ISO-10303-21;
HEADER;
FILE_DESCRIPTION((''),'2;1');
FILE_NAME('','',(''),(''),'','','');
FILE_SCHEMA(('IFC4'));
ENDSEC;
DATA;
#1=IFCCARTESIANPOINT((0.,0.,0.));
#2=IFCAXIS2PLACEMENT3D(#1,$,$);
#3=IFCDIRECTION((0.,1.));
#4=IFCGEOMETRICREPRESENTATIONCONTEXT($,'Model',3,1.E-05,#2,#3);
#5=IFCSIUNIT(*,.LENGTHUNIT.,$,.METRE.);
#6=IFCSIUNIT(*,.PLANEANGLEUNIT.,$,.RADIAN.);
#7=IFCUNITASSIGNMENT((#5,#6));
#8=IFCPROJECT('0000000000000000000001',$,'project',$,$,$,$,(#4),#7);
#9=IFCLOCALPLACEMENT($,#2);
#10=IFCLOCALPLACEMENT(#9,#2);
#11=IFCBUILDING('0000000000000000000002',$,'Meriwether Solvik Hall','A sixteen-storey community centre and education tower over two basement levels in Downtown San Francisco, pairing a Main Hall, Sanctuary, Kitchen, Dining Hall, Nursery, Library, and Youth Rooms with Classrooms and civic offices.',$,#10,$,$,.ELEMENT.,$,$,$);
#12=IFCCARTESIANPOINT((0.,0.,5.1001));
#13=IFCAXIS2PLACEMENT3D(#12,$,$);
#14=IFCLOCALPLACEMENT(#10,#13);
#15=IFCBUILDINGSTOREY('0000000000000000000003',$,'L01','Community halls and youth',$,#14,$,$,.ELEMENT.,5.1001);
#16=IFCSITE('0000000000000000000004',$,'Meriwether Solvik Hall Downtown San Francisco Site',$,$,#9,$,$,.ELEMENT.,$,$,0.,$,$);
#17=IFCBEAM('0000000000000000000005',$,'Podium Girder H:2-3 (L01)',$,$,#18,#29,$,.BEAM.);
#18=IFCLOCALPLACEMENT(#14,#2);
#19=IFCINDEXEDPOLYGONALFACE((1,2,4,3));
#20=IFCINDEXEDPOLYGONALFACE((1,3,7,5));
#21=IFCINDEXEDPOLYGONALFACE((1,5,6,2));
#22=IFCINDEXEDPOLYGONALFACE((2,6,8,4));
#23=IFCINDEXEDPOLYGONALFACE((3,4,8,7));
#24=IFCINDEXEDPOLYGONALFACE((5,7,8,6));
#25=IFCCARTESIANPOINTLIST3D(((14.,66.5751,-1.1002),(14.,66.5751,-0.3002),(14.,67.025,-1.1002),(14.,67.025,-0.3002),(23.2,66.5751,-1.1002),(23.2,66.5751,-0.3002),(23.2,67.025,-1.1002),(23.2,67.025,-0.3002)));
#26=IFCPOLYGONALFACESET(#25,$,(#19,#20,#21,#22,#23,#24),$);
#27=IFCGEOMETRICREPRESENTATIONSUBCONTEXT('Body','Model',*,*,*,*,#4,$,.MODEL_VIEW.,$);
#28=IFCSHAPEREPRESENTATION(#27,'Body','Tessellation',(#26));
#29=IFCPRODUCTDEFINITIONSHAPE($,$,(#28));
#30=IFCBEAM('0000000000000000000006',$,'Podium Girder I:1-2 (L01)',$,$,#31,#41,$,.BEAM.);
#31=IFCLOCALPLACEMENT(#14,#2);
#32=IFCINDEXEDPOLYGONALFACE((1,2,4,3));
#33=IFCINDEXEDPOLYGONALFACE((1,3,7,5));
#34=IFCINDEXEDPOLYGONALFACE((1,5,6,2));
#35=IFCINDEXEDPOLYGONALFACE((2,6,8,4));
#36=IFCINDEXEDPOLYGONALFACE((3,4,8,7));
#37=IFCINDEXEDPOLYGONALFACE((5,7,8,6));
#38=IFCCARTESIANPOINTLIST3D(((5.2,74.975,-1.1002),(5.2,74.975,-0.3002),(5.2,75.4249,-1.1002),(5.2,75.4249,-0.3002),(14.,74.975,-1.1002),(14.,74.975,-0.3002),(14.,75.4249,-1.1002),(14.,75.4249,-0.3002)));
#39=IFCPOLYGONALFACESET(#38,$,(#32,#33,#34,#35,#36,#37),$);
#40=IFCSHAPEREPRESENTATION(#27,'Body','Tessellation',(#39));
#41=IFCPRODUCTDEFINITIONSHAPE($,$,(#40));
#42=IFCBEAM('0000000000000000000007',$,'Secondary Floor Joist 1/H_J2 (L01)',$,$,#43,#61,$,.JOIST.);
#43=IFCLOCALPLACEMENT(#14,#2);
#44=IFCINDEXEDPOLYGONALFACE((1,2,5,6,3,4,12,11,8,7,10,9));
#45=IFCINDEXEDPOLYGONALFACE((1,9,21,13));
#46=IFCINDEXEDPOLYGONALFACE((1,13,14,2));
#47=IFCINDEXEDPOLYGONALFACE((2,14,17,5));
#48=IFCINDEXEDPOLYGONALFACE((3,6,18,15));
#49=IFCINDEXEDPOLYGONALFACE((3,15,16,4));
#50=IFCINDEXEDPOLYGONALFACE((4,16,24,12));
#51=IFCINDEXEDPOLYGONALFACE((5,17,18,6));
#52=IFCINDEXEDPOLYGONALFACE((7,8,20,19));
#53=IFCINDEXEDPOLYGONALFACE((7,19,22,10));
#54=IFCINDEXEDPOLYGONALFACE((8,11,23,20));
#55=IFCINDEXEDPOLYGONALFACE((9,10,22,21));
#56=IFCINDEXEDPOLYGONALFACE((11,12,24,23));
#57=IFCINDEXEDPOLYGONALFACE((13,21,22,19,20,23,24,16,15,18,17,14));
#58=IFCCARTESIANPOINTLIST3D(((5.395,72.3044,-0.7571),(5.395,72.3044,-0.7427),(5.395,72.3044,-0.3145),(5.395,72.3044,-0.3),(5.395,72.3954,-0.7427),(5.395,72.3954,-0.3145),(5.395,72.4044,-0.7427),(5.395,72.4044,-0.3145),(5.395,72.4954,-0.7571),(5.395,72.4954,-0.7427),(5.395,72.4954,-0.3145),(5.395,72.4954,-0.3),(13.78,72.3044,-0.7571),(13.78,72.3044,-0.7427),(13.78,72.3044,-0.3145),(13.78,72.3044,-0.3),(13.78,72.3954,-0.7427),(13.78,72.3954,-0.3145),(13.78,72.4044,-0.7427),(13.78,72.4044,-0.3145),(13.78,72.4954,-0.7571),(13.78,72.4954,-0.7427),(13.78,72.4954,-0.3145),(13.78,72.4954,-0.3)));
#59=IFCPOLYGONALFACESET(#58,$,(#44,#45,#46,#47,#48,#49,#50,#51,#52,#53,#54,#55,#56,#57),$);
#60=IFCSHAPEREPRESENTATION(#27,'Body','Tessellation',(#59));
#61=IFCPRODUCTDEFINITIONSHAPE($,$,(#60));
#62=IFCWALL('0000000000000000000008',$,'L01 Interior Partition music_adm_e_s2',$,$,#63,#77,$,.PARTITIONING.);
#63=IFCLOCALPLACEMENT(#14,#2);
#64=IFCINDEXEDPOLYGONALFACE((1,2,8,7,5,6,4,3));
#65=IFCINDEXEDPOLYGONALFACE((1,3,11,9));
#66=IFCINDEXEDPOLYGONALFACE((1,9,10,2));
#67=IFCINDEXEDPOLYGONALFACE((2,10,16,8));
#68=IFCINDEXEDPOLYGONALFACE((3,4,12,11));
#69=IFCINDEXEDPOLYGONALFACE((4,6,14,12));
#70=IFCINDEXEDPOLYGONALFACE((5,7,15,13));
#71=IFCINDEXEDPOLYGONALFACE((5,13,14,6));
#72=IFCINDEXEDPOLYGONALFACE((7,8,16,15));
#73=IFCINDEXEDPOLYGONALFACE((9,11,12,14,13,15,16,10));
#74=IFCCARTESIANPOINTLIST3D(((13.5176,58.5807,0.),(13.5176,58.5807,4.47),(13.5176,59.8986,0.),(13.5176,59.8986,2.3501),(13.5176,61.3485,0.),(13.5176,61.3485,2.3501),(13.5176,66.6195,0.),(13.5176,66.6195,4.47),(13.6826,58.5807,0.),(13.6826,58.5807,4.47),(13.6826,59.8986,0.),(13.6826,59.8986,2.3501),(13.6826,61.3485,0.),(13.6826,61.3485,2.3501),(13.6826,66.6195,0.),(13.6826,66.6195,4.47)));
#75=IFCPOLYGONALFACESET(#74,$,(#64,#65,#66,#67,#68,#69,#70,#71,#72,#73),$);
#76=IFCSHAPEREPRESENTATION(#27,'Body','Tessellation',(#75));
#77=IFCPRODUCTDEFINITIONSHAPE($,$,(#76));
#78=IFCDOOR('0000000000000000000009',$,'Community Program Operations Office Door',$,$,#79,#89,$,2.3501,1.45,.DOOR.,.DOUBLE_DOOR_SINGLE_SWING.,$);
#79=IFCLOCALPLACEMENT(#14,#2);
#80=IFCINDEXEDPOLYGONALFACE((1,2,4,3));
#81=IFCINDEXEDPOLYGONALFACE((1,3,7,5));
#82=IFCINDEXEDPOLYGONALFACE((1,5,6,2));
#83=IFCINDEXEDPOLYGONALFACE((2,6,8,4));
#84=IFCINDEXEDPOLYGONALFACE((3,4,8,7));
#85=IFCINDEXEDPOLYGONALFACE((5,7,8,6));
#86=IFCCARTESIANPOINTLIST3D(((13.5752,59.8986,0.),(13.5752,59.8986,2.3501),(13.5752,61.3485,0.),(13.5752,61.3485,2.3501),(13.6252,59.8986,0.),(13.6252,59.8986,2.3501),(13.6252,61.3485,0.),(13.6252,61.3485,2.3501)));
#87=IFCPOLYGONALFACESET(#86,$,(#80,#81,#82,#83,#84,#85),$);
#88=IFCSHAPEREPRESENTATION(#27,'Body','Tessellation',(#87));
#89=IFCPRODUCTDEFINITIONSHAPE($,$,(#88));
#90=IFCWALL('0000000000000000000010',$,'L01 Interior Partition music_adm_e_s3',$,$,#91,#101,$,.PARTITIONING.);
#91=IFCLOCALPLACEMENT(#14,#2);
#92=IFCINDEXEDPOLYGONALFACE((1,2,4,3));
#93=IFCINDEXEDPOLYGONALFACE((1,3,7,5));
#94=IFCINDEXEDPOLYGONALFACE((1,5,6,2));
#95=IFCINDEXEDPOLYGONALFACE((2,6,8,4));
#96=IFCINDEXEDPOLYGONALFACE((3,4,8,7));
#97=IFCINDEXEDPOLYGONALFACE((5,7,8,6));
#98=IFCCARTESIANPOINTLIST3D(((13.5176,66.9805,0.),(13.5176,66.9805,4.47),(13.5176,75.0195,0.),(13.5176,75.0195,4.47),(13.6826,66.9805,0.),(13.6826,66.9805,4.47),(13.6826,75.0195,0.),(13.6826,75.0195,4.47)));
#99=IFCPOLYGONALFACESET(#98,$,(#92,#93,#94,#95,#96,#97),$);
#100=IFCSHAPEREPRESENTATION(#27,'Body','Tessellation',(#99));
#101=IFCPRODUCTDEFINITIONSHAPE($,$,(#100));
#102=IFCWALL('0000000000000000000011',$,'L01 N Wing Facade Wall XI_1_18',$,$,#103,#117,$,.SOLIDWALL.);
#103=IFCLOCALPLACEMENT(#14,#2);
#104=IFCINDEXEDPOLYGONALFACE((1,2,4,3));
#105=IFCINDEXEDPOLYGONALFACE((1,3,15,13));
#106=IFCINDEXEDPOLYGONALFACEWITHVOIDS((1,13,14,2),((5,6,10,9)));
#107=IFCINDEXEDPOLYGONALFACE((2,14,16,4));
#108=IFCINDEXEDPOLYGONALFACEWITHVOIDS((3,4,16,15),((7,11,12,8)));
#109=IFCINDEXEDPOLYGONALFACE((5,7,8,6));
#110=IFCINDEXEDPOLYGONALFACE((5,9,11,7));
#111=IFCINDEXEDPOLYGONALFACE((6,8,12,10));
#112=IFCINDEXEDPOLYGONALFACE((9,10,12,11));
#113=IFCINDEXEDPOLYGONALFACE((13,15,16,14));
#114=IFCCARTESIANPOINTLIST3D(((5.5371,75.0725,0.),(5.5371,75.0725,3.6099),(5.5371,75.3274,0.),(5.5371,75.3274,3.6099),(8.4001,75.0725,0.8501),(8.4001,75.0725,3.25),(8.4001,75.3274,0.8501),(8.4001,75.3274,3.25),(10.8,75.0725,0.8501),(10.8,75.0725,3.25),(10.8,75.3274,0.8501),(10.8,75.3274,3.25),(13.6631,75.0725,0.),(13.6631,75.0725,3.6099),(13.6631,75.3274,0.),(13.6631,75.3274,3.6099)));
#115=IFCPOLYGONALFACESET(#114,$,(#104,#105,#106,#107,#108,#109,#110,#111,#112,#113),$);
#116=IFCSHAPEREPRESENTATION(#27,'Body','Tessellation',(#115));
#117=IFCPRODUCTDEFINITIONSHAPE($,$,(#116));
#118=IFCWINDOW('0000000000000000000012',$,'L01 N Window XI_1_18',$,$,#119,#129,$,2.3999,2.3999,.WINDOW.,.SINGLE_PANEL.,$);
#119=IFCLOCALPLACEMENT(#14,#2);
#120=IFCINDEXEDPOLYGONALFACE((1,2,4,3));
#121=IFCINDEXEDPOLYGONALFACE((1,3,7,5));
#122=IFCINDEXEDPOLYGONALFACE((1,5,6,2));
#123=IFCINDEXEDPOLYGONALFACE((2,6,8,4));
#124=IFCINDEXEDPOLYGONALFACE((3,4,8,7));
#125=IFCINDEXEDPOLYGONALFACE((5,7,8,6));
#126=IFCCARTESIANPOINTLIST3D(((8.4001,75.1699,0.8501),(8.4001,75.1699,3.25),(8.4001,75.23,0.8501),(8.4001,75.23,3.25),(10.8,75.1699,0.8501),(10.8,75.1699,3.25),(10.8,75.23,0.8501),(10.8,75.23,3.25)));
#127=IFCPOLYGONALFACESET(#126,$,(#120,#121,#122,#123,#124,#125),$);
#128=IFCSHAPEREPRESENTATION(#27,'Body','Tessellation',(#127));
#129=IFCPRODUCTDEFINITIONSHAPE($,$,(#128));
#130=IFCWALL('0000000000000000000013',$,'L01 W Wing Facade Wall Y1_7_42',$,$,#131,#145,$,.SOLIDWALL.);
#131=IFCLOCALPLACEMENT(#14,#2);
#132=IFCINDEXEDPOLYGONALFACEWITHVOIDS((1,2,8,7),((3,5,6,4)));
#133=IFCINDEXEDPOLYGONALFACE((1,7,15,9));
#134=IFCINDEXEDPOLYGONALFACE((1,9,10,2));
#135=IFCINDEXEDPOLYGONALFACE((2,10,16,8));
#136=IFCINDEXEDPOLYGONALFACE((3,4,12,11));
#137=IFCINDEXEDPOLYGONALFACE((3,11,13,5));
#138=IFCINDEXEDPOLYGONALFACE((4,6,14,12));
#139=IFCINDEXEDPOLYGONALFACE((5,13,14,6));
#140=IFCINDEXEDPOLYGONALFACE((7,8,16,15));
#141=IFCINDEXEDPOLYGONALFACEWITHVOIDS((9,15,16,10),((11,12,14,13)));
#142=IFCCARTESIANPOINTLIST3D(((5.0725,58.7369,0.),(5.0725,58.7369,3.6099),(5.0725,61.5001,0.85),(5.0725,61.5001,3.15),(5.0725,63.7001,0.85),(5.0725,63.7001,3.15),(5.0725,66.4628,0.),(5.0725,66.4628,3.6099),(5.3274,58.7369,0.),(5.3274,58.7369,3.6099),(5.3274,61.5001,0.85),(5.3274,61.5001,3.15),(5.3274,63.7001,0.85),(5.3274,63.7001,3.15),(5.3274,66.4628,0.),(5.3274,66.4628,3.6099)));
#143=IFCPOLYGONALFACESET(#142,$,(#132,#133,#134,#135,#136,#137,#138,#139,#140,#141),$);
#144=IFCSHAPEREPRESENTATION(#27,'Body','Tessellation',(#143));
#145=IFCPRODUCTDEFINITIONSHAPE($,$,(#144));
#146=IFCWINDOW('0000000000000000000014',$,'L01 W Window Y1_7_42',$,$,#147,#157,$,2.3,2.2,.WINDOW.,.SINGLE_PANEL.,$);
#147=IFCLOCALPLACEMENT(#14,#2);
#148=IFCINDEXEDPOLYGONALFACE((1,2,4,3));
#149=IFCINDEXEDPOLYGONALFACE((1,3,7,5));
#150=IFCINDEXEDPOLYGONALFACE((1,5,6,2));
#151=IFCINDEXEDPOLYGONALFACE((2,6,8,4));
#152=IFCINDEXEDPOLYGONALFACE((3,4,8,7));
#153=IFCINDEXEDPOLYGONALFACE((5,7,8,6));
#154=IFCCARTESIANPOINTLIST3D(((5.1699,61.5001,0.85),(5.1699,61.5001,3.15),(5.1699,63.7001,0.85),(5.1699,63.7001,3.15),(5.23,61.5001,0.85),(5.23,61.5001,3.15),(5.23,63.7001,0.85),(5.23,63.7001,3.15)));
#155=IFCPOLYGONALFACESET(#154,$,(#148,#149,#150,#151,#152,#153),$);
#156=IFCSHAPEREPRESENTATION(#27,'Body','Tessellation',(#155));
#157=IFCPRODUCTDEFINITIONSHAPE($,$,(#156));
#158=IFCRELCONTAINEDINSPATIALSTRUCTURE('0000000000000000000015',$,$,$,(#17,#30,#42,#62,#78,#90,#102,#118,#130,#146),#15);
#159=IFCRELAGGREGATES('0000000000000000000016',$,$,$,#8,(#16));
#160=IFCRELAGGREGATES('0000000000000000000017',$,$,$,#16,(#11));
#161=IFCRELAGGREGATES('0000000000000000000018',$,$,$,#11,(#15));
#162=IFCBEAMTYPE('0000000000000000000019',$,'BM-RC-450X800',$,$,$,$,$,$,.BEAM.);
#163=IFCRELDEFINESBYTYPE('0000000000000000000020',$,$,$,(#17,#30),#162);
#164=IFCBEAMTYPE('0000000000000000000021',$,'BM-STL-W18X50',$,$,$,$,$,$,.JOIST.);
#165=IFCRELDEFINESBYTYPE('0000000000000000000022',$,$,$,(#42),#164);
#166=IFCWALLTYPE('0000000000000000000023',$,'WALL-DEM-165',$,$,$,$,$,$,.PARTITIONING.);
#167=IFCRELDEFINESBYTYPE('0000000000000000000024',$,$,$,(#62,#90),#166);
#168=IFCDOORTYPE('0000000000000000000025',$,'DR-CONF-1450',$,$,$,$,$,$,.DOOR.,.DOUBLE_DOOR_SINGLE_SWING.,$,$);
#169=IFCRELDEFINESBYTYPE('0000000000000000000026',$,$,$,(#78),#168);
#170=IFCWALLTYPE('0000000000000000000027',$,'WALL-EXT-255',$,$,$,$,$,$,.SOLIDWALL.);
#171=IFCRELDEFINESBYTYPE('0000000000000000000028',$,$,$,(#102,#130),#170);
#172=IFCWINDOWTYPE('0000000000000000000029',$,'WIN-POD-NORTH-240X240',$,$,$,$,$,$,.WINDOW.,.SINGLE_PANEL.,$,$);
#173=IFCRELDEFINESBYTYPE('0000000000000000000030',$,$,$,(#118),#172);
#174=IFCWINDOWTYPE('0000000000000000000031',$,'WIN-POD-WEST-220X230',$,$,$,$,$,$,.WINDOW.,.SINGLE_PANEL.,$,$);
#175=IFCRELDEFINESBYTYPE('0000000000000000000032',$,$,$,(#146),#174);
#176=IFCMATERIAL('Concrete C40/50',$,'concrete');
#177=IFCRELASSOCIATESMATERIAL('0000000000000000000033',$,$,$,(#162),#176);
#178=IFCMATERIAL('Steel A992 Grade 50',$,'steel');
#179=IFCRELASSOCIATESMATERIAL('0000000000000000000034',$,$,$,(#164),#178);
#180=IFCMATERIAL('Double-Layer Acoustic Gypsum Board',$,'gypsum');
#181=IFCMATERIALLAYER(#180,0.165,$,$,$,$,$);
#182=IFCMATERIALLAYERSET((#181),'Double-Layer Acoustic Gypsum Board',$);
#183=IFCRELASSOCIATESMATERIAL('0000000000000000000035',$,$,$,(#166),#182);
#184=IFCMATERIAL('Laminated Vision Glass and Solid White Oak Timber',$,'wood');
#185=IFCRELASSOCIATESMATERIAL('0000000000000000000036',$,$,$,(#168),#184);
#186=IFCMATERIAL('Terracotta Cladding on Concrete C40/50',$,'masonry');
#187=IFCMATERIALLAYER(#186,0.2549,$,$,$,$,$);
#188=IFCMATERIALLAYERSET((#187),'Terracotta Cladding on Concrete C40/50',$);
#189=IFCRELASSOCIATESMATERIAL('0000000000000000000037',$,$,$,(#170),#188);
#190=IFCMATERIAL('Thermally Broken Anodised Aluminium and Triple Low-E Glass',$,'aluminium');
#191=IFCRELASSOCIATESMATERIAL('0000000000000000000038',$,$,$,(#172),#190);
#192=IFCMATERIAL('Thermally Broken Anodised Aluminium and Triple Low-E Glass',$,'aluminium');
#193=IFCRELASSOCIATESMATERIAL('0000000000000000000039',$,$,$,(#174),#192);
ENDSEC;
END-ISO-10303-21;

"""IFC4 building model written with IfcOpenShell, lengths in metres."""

from ifc_helpers import new_model, si_unit, direction, frame, frame_2d, origin, origin_2d, place, context, subcontext, project, spatial, rectangle, i_section, extrude, material, layer, layer_set, material_profile, profile_set, type_object, element, fill, save


model = new_model("IFC4")

# Units and contexts
model_context = context("Model", 3, precision=1e-05, world=origin(), true_north=direction((0.0, 1.0)))
body_context = subcontext(model_context, "Body", "Model", "MODEL_VIEW")
ifc_project = project(units=[si_unit("LENGTHUNIT", "METRE"), si_unit("PLANEANGLEUNIT", "RADIAN")], contexts=[model_context])

# Site, building, storey
site_placement = place(None, origin())
site = spatial("IfcSite", under=ifc_project, at=site_placement, Name="Meriwether Solvik Hall Downtown San Francisco Site", CompositionType="ELEMENT", RefElevation=0.0)
building_placement = place(site_placement, origin())
building = spatial("IfcBuilding", under=site, at=building_placement, Name="Meriwether Solvik Hall", Description="A sixteen-storey community centre and education tower over two basement levels in Downtown San Francisco, pairing a Main Hall, Sanctuary, Kitchen, Dining Hall, Nursery, Library, and Youth Rooms with Classrooms and civic offices.", CompositionType="ELEMENT")
storey_placement = place(building_placement, frame((0.0, 0.0, 5.1001)))
storey = spatial("IfcBuildingStorey", under=building, at=storey_placement, Name="L01", Description="Community halls and youth", CompositionType="ELEMENT", Elevation=5.1001)

# Beams
ifc_material_1 = material(Name="Concrete C40/50", Category="concrete")
ifc_material_profile_1 = material_profile(ifc_material_1, rectangle(XDim=0.45, YDim=0.8, at=origin_2d()), Name="RCB-450X800")
ifc_profile_set_1 = profile_set([ifc_material_profile_1], Name="Concrete C40/50")
beam_type_1 = type_object("IfcBeamType", Name="BM-RC-450X800", PredefinedType="BEAM", material=ifc_profile_set_1)
beam_1_placement = place(storey_placement, frame((14.0, 66.8, -0.7002), z_axis=(1.0, 0.0, 0.0), x_axis=(0.0, 1.0, 0.0)))
element("IfcBeam", 1, at=beam_1_placement, inside=storey, type_object=beam_type_1, Name="Podium Girder H:2-3 (L01)", PredefinedType="BEAM", context=body_context, shape_type="SweptSolid", body=[
    extrude(rectangle(XDim=0.45, YDim=0.8, at=origin_2d()), origin(), (0.0, 0.0, 1.0), 9.2),
])
beam_2_placement = place(storey_placement, frame((5.2, 75.2, -0.7002), z_axis=(1.0, 0.0, 0.0), x_axis=(0.0, 1.0, 0.0)))
element("IfcBeam", 2, at=beam_2_placement, inside=storey, type_object=beam_type_1, Name="Podium Girder I:1-2 (L01)", PredefinedType="BEAM", context=body_context, shape_type="SweptSolid", body=[
    extrude(rectangle(XDim=0.45, YDim=0.8, at=origin_2d()), origin(), (0.0, 0.0, 1.0), 8.8),
])
ifc_material_2 = material(Name="Steel A992 Grade 50", Category="steel")
ifc_material_profile_2 = material_profile(ifc_material_2, i_section(OverallWidth=0.1909, OverallDepth=0.457, WebThickness=0.009, FlangeThickness=0.0144, at=origin_2d()), Name="W18X50")
ifc_profile_set_2 = profile_set([ifc_material_profile_2], Name="Steel A992 Grade 50")
beam_type_2 = type_object("IfcBeamType", Name="BM-STL-W18X50", PredefinedType="JOIST", material=ifc_profile_set_2)
beam_3_placement = place(storey_placement, frame((5.395, 72.3999, -0.5286), z_axis=(1.0, 0.0, 0.0), x_axis=(0.0, 1.0, 0.0)))
element("IfcBeam", 3, at=beam_3_placement, inside=storey, type_object=beam_type_2, Name="Secondary Floor Joist 1/H_J2 (L01)", PredefinedType="JOIST", context=body_context, shape_type="SweptSolid", body=[
    extrude(i_section(OverallWidth=0.1909, OverallDepth=0.457, WebThickness=0.009, FlangeThickness=0.0144, at=origin_2d()), origin(), (0.0, 0.0, 1.0), 8.385),
])

# Wall, opening, door
ifc_material_3 = material(Name="Double-Layer Acoustic Gypsum Board", Category="gypsum")
ifc_layer_1 = layer(ifc_material_3, 0.165)
ifc_layer_set_1 = layer_set([ifc_layer_1], Name="Double-Layer Acoustic Gypsum Board")
wall_type_1 = type_object("IfcWallType", Name="WALL-DEM-165", PredefinedType="PARTITIONING", material=ifc_layer_set_1)
wall_1_placement = place(storey_placement, frame((13.6001, 58.5806, 0.0), z_axis=(0.0, 0.0, 1.0), x_axis=(0.0, 1.0, 0.0)))
wall_1 = element("IfcWall", 4, at=wall_1_placement, inside=storey, type_object=wall_type_1, Name="L01 Interior Partition music_adm_e_s2", PredefinedType="PARTITIONING", context=body_context, shape_type="SweptSolid", body=[
    extrude(rectangle(XDim=8.0388, YDim=0.165, at=frame_2d((4.0195, 0.0))), origin(), (0.0, 0.0, 1.0), 4.47),
])
opening_1_placement = place(wall_1_placement, frame((1.3179, 0.0, 0.0)))
opening_1 = element("IfcOpeningElement", 5, at=opening_1_placement, cuts=wall_1, PredefinedType="OPENING", context=body_context, shape_type="SweptSolid", body=[
    extrude(rectangle(XDim=1.45, YDim=2.3501, at=frame_2d((0.7251, 1.175))), frame((0.0, 0.0945, 0.0), z_axis=(0.0, -1.0, 0.0), x_axis=(1.0, 0.0, 0.0)), (0.0, 0.0, 1.0), 0.189),
])
ifc_material_4 = material(Name="Laminated Vision Glass and Solid White Oak Timber", Category="wood")
door_type = type_object("IfcDoorType", Name="DR-CONF-1450", OperationType="DOUBLE_DOOR_SINGLE_SWING", PredefinedType="DOOR", material=ifc_material_4)
door_placement = place(opening_1_placement, origin())
door = element("IfcDoor", 6, at=door_placement, inside=storey, type_object=door_type, Name="Community Program Operations Office Door", OperationType="DOUBLE_DOOR_SINGLE_SWING", OverallHeight=2.3501, OverallWidth=1.45, PredefinedType="DOOR", context=body_context, shape_type="SweptSolid", body=[
    extrude(rectangle(XDim=1.45, YDim=2.3501, at=frame_2d((0.7251, 1.175))), frame((0.0, 0.0249, 0.0), z_axis=(0.0, -1.0, 0.0), x_axis=(1.0, 0.0, 0.0)), (0.0, 0.0, 1.0), 0.05),
])
fill(opening_1, door)

# Wall
wall_2_placement = place(storey_placement, frame((13.6001, 66.9805, 0.0), z_axis=(0.0, 0.0, 1.0), x_axis=(0.0, 1.0, 0.0)))
element("IfcWall", 7, at=wall_2_placement, inside=storey, type_object=wall_type_1, Name="L01 Interior Partition music_adm_e_s3", PredefinedType="PARTITIONING", context=body_context, shape_type="SweptSolid", body=[
    extrude(rectangle(XDim=8.0391, YDim=0.165, at=frame_2d((4.0195, 0.0))), origin(), (0.0, 0.0, 1.0), 4.47),
])

# Walls, openings, windows
ifc_material_5 = material(Name="Terracotta Cladding on Concrete C40/50", Category="masonry")
ifc_layer_2 = layer(ifc_material_5, 0.2549)
ifc_layer_set_2 = layer_set([ifc_layer_2], Name="Terracotta Cladding on Concrete C40/50")
wall_type_2 = type_object("IfcWallType", Name="WALL-EXT-255", PredefinedType="SOLIDWALL", material=ifc_layer_set_2)
wall_3_placement = place(storey_placement, frame((5.5371, 75.2, 0.0), z_axis=(0.0, 0.0, 1.0), x_axis=(1.0, 0.0, 0.0)))
wall_3 = element("IfcWall", 8, at=wall_3_placement, inside=storey, type_object=wall_type_2, Name="L01 N Wing Facade Wall XI_1_18", PredefinedType="SOLIDWALL", context=body_context, shape_type="SweptSolid", body=[
    extrude(rectangle(XDim=8.126, YDim=0.2549, at=frame_2d((4.063, 0.0))), origin(), (0.0, 0.0, 1.0), 3.6099),
])
opening_2_placement = place(wall_3_placement, frame((2.863, 0.0, 0.8501)))
opening_2 = element("IfcOpeningElement", 9, at=opening_2_placement, cuts=wall_3, PredefinedType="OPENING", context=body_context, shape_type="SweptSolid", body=[
    extrude(rectangle(XDim=2.3999, YDim=2.3999, at=frame_2d((1.2, 1.2))), frame((0.0, 0.1394, 0.0), z_axis=(0.0, -1.0, 0.0), x_axis=(1.0, 0.0, 0.0)), (0.0, 0.0, 1.0), 0.2788),
])
ifc_material_6 = material(Name="Thermally Broken Anodised Aluminium and Triple Low-E Glass", Category="aluminium")
window_type_1 = type_object("IfcWindowType", Name="WIN-POD-NORTH-240X240", PartitioningType="SINGLE_PANEL", PredefinedType="WINDOW", material=ifc_material_6)
window_1_placement = place(opening_2_placement, origin())
window_1 = element("IfcWindow", 10, at=window_1_placement, inside=storey, type_object=window_type_1, Name="L01 N Window XI_1_18", OverallHeight=2.3999, OverallWidth=2.3999, PartitioningType="SINGLE_PANEL", PredefinedType="WINDOW", context=body_context, shape_type="SweptSolid", body=[
    extrude(rectangle(XDim=2.3999, YDim=2.3999, at=frame_2d((1.2, 1.2))), frame((0.0, 0.03, 0.0), z_axis=(0.0, -1.0, 0.0), x_axis=(1.0, 0.0, 0.0)), (0.0, 0.0, 1.0), 0.0601),
])
fill(opening_2, window_1)
wall_4_placement = place(storey_placement, frame((5.2, 58.7371, 0.0), z_axis=(0.0, 0.0, 1.0), x_axis=(0.0, 1.0, 0.0)))
wall_4 = element("IfcWall", 11, at=wall_4_placement, inside=storey, type_object=wall_type_2, Name="L01 W Wing Facade Wall Y1_7_42", PredefinedType="SOLIDWALL", context=body_context, shape_type="SweptSolid", body=[
    extrude(rectangle(XDim=7.7258, YDim=0.2549, at=frame_2d((3.8628, 0.0))), origin(), (0.0, 0.0, 1.0), 3.6099),
])
opening_3_placement = place(wall_4_placement, frame((2.7629, 0.0, 0.8501)))
opening_3 = element("IfcOpeningElement", 12, at=opening_3_placement, cuts=wall_4, PredefinedType="OPENING", context=body_context, shape_type="SweptSolid", body=[
    extrude(rectangle(XDim=2.2, YDim=2.3, at=frame_2d((1.1001, 1.1499))), frame((0.0, 0.1394, 0.0), z_axis=(0.0, -1.0, 0.0), x_axis=(1.0, 0.0, 0.0)), (0.0, 0.0, 1.0), 0.2788),
])
ifc_material_7 = material(Name="Thermally Broken Anodised Aluminium and Triple Low-E Glass", Category="aluminium")
window_type_2 = type_object("IfcWindowType", Name="WIN-POD-WEST-220X230", PartitioningType="SINGLE_PANEL", PredefinedType="WINDOW", material=ifc_material_7)
window_2_placement = place(opening_3_placement, origin())
window_2 = element("IfcWindow", 13, at=window_2_placement, inside=storey, type_object=window_type_2, Name="L01 W Window Y1_7_42", OverallHeight=2.3, OverallWidth=2.2, PartitioningType="SINGLE_PANEL", PredefinedType="WINDOW", context=body_context, shape_type="SweptSolid", body=[
    extrude(rectangle(XDim=2.2, YDim=2.3, at=frame_2d((1.1001, 1.1499))), frame((0.0, 0.03, 0.0), z_axis=(0.0, -1.0, 0.0), x_axis=(1.0, 0.0, 0.0)), (0.0, 0.0, 1.0), 0.0601),
])
fill(opening_3, window_2)

save(model, "model.ifc")
